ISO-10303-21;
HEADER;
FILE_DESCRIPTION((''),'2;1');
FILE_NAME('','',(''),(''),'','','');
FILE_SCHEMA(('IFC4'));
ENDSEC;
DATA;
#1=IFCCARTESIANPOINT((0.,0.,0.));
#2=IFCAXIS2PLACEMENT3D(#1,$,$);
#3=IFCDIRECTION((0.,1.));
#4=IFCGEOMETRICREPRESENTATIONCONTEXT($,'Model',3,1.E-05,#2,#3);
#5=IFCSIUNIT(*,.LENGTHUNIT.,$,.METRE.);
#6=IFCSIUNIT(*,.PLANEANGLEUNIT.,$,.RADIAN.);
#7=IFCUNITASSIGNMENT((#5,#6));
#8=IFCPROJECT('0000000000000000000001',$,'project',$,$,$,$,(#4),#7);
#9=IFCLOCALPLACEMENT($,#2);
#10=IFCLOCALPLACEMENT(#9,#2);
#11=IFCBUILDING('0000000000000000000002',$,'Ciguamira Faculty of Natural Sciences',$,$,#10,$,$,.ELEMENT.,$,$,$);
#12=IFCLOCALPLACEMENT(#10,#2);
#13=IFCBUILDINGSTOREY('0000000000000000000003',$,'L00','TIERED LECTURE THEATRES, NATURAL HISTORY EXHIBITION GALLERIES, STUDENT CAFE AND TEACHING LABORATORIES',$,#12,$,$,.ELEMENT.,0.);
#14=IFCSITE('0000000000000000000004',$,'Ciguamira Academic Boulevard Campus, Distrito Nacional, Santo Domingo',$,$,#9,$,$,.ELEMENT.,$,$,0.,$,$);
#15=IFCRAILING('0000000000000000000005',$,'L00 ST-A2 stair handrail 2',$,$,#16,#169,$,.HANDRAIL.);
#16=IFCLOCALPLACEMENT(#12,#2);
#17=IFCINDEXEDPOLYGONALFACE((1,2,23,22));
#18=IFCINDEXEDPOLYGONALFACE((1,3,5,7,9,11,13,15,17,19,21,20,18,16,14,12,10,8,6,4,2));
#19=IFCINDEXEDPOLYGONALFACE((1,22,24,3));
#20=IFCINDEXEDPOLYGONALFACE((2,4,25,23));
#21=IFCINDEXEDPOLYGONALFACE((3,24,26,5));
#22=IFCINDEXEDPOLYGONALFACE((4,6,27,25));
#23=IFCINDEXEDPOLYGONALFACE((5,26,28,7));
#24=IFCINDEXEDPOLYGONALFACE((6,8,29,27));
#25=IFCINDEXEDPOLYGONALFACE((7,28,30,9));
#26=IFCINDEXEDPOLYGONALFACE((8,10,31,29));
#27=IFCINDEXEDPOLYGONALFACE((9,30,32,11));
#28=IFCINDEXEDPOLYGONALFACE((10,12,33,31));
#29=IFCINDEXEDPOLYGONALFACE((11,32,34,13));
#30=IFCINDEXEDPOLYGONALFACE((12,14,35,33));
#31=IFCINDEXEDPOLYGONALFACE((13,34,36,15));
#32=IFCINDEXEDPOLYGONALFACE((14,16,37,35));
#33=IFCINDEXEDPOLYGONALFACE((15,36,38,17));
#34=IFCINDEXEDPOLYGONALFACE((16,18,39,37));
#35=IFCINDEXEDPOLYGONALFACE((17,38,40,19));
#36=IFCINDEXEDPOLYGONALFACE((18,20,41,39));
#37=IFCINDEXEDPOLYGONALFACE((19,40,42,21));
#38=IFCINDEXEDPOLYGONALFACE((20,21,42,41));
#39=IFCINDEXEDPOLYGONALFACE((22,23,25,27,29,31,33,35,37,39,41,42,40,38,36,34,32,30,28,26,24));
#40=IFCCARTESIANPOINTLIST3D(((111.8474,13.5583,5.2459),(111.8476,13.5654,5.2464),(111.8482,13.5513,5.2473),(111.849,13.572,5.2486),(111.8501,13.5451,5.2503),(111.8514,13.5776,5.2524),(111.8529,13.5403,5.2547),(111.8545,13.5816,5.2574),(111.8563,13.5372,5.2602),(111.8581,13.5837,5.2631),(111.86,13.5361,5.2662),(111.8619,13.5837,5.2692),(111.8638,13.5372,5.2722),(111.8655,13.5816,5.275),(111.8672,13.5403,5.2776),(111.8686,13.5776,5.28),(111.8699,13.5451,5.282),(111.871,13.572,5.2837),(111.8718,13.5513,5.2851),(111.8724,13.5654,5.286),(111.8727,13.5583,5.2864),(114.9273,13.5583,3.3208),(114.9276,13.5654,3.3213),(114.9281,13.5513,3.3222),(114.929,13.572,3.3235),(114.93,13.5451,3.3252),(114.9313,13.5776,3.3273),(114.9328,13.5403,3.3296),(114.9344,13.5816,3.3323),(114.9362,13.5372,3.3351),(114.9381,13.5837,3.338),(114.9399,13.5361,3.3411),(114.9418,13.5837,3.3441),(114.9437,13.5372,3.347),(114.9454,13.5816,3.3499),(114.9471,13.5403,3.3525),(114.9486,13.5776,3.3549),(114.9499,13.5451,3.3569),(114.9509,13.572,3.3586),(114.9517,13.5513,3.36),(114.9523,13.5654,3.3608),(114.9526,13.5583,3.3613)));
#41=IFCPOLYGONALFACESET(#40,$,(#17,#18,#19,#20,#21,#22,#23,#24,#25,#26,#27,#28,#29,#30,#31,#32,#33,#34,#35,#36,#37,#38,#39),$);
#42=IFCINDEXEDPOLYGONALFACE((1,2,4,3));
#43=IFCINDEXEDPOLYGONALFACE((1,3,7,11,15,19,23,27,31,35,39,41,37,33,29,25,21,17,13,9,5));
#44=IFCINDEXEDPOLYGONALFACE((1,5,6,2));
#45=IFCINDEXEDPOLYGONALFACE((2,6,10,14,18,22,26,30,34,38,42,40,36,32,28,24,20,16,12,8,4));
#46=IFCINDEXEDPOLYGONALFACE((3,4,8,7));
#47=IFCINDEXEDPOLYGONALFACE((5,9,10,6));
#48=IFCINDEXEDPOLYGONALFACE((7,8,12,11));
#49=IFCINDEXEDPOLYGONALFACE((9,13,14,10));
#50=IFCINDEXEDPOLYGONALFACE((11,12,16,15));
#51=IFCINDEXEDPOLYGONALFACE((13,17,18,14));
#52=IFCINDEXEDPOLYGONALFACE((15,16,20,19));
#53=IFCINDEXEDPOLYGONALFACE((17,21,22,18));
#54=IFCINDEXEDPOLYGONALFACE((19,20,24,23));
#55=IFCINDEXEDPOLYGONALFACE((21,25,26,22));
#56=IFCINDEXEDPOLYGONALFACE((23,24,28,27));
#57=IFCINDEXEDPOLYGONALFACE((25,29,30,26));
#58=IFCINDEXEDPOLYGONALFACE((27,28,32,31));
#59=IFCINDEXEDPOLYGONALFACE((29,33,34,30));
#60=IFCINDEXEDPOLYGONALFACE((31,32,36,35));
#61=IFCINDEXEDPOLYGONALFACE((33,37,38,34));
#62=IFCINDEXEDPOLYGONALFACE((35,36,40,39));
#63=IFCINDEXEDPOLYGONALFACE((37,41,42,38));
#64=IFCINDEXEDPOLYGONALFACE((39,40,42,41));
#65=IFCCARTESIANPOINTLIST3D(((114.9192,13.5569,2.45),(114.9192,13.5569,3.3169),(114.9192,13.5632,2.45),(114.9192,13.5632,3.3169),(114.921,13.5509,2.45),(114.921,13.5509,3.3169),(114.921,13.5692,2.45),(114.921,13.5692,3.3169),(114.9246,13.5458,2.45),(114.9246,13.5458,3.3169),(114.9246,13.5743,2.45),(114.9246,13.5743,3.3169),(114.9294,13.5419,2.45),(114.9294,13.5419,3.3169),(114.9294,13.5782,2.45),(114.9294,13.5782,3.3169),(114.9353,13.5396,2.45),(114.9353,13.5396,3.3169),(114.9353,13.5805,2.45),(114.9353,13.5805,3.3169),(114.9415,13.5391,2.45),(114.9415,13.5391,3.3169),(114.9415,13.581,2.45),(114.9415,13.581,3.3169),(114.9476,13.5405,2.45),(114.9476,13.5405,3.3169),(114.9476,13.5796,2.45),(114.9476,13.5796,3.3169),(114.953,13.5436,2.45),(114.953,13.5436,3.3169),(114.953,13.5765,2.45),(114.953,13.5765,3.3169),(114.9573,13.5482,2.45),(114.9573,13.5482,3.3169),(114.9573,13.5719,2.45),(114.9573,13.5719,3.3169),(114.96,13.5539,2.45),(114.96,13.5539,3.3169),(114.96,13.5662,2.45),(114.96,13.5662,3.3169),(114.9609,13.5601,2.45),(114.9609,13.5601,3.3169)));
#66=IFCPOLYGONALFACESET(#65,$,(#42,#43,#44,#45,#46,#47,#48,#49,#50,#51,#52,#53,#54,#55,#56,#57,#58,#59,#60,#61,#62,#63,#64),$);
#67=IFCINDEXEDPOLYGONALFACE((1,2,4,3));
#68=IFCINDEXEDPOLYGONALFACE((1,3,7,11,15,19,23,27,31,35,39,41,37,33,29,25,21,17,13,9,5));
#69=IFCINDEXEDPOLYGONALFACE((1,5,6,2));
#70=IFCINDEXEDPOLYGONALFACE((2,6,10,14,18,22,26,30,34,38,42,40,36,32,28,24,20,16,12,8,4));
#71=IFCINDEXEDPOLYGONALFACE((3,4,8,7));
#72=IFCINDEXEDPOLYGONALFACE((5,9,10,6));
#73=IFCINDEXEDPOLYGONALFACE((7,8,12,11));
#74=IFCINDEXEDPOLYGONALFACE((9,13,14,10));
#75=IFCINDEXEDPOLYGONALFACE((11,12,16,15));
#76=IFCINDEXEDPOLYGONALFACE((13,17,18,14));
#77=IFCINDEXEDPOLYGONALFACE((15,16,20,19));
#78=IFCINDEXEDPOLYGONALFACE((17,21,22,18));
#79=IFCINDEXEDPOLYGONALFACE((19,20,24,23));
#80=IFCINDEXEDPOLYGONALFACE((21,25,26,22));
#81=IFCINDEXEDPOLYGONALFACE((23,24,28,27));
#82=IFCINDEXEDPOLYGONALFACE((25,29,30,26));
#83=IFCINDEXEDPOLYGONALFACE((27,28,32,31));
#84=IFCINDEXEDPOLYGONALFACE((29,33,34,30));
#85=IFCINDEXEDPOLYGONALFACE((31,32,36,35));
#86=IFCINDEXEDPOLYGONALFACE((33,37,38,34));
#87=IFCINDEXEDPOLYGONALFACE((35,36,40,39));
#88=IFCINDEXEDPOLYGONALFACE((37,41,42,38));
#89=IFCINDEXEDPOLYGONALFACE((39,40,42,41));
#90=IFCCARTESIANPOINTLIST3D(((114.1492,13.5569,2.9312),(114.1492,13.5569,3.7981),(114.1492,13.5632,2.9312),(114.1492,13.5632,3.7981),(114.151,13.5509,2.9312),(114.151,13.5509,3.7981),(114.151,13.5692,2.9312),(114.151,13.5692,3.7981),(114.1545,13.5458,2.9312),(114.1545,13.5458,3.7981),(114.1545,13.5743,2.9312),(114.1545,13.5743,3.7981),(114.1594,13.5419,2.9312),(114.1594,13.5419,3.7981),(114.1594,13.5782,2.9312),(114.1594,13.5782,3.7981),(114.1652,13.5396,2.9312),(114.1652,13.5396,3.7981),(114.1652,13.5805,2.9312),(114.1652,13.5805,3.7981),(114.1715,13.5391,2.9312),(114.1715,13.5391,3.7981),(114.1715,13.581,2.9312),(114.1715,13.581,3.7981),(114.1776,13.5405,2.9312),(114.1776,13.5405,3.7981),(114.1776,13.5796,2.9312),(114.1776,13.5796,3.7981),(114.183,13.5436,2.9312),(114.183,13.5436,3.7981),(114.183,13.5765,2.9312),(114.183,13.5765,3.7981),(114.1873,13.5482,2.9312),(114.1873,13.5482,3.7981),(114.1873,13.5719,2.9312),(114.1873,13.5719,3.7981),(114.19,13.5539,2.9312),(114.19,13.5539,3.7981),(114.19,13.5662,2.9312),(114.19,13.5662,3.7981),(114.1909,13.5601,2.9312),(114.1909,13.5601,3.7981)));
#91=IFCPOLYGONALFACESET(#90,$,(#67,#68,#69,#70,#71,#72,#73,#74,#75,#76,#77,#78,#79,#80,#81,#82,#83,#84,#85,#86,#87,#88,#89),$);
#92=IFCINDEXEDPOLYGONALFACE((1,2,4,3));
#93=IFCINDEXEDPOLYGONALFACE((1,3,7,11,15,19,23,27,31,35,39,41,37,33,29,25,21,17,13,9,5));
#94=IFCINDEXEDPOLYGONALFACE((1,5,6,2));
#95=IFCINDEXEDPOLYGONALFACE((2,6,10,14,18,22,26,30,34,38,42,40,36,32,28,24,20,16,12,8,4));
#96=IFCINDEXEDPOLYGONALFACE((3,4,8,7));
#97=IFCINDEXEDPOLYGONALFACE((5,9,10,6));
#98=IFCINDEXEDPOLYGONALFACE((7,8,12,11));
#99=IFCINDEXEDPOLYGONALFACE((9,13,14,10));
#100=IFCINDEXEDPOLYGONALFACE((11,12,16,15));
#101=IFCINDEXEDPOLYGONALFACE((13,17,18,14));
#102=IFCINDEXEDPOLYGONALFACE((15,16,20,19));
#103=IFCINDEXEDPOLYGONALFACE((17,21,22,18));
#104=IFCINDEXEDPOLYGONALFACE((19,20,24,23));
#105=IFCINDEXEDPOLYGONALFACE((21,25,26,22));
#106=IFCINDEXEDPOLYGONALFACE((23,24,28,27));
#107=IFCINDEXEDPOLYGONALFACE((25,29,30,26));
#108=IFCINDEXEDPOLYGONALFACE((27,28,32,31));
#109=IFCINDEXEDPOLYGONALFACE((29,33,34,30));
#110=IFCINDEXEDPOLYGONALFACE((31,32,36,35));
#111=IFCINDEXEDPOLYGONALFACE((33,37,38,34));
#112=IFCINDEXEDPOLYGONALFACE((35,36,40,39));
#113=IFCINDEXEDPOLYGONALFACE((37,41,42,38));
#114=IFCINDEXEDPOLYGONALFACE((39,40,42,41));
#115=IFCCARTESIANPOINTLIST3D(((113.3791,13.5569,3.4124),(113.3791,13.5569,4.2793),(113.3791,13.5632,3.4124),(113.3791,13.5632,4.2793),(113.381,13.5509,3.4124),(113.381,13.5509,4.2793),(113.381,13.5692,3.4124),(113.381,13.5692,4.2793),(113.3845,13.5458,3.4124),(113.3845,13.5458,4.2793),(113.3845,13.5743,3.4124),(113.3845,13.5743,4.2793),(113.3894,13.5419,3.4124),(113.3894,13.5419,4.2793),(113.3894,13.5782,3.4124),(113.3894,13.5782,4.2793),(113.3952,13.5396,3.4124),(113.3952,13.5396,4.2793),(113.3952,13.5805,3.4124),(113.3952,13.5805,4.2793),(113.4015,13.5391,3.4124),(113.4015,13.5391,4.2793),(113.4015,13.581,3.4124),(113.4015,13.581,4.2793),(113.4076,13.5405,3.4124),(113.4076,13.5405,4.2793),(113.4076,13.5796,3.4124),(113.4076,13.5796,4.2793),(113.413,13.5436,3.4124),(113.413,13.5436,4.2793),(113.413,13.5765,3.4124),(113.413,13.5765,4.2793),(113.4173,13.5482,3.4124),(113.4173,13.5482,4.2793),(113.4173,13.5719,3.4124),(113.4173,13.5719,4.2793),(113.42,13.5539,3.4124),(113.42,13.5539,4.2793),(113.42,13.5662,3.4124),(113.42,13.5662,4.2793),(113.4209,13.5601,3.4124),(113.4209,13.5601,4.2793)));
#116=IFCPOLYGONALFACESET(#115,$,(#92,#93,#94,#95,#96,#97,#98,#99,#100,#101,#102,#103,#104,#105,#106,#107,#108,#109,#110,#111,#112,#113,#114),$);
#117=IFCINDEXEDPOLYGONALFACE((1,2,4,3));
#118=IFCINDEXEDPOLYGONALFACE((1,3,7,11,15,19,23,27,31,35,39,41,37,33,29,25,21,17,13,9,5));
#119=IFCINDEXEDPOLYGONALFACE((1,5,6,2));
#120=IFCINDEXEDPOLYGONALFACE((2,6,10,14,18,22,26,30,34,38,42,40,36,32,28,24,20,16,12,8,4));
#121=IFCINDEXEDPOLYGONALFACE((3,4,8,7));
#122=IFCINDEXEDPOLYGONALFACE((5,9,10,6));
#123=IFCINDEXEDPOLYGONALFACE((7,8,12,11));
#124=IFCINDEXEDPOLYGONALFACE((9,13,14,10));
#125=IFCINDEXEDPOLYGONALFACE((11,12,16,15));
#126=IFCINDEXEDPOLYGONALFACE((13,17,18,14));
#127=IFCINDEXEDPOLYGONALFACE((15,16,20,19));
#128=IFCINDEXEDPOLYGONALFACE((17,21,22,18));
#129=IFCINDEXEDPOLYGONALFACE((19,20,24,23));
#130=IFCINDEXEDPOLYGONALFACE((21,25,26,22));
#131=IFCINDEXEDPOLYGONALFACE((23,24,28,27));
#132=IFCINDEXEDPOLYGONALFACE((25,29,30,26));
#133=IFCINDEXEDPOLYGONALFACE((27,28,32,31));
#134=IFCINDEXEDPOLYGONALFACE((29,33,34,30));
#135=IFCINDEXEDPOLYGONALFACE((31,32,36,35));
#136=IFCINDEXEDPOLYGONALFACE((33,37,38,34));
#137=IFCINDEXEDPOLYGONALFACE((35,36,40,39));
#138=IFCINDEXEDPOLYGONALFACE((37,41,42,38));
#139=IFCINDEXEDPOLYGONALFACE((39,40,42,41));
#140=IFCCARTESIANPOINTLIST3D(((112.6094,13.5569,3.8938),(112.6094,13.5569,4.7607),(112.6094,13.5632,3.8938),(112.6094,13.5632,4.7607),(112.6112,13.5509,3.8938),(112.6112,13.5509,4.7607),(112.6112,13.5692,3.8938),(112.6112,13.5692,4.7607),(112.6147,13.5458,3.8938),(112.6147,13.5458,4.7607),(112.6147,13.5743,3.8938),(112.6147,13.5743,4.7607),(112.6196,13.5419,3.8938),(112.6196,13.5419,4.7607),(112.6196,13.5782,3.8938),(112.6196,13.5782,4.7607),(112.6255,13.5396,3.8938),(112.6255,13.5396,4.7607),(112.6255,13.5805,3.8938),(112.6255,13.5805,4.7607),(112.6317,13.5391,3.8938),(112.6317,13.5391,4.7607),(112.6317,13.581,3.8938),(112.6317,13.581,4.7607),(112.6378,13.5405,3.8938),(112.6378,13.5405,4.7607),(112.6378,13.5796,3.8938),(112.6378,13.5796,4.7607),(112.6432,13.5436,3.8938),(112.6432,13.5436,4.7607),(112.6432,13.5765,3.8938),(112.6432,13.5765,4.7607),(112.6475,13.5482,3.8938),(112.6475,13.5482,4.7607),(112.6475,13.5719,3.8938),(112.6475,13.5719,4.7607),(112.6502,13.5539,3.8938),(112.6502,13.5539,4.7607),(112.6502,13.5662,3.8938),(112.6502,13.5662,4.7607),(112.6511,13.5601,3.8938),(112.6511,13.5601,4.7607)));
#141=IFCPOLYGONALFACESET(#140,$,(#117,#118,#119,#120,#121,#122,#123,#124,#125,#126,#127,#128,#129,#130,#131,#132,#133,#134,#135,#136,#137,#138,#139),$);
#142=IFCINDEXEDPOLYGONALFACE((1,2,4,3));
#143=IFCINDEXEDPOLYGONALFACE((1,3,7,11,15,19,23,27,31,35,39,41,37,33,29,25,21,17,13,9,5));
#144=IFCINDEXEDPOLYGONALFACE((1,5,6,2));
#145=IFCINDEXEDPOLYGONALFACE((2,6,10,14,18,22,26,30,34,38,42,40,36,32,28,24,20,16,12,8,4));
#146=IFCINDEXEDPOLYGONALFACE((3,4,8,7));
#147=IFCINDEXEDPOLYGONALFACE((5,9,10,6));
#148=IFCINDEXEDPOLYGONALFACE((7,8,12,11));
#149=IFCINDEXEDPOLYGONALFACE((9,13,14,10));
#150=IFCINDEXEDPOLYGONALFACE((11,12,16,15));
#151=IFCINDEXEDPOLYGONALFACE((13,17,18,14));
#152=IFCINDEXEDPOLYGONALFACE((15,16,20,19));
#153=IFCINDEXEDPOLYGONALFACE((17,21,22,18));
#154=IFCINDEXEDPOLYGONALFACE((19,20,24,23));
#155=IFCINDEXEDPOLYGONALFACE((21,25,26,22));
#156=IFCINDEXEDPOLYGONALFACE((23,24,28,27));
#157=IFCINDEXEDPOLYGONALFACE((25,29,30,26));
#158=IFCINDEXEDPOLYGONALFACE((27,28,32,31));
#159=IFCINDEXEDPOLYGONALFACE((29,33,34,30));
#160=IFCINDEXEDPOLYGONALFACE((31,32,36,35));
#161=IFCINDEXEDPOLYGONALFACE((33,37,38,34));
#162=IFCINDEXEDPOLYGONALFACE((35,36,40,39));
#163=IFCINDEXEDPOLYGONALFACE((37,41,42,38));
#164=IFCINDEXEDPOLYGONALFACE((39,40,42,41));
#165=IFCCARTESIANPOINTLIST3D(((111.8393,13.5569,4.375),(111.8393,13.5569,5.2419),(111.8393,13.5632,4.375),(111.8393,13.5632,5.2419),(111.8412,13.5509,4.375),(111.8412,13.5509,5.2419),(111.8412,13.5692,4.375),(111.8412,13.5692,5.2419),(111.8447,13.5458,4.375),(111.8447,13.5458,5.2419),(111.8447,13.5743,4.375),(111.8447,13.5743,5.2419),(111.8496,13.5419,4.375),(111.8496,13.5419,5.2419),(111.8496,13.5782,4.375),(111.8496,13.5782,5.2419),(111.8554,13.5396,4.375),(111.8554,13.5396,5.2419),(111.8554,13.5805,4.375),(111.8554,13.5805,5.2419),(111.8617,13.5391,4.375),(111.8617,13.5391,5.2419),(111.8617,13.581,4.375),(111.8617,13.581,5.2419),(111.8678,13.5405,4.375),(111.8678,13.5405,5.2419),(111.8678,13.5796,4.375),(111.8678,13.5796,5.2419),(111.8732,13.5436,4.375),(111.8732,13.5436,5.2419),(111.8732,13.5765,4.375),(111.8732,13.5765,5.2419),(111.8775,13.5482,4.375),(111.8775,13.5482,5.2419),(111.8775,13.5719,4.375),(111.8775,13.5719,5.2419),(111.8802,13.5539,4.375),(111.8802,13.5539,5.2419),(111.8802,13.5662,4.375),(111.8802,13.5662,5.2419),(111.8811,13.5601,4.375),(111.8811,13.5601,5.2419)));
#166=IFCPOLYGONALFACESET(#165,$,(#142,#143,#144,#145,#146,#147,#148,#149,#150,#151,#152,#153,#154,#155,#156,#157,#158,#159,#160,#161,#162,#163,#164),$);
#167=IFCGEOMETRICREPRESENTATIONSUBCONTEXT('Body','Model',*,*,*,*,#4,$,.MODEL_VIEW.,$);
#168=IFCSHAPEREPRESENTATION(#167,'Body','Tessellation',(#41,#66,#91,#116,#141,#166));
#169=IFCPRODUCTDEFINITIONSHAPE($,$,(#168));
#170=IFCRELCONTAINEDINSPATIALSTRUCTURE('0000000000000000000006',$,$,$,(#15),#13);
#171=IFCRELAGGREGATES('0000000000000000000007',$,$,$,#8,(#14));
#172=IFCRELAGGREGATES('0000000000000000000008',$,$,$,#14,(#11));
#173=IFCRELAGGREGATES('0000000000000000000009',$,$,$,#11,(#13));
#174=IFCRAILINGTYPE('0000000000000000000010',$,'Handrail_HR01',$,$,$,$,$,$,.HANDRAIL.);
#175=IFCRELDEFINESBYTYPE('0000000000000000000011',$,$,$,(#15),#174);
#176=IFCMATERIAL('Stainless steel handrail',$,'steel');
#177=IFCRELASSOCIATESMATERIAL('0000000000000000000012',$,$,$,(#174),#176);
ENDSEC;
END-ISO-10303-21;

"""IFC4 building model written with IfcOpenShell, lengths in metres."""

from ifc_helpers import new_model, si_unit, direction, frame, origin, origin_2d, place, context, subcontext, project, spatial, circle, extrude, material, type_object, element, save


model = new_model("IFC4")

# Units and contexts
model_context = context("Model", 3, precision=1e-05, world=origin(), true_north=direction((0.0, 1.0)))
body_context = subcontext(model_context, "Body", "Model", "MODEL_VIEW")
ifc_project = project(units=[si_unit("LENGTHUNIT", "METRE"), si_unit("PLANEANGLEUNIT", "RADIAN")], contexts=[model_context])

# Site, building, storey
site_placement = place(None, origin())
site = spatial("IfcSite", under=ifc_project, at=site_placement, Name="Ciguamira Academic Boulevard Campus, Distrito Nacional, Santo Domingo", CompositionType="ELEMENT", RefElevation=0.0)
building_placement = place(site_placement, origin())
building = spatial("IfcBuilding", under=site, at=building_placement, Name="Ciguamira Faculty of Natural Sciences", CompositionType="ELEMENT")
storey_placement = place(building_placement, origin())
storey = spatial("IfcBuildingStorey", under=building, at=storey_placement, Name="L00", Description="TIERED LECTURE THEATRES, NATURAL HISTORY EXHIBITION GALLERIES, STUDENT CAFE AND TEACHING LABORATORIES", CompositionType="ELEMENT", Elevation=0.0)

# Railing
ifc_material_1 = material(Name="Stainless steel handrail", Category="steel")
railing_type_1 = type_object("IfcRailingType", Name="Handrail_HR01", PredefinedType="HANDRAIL", material=ifc_material_1)
railing_1_placement = place(storey_placement, frame((114.9399, 13.5601, 2.45)))
element("IfcRailing", 1, at=railing_1_placement, inside=storey, type_object=railing_type_1, Name="L00 ST-A2 stair handrail 2", PredefinedType="HANDRAIL", context=body_context, shape_type="SweptSolid", body=[
    extrude(circle(Radius=0.0239, at=origin_2d()), frame((0.0, 0.0, 0.8911), z_axis=(-0.847979, 0.0, 0.530029), x_axis=(0.0, -1.0, 0.0)), (0.0, 0.0, 1.0), 3.6321),
    extrude(circle(Radius=0.021, at=origin_2d()), origin(), (0.0, 0.0, 1.0), 0.8669),
    extrude(circle(Radius=0.021, at=origin_2d()), frame((-0.77, 0.0, 0.4812)), (0.0, 0.0, 1.0), 0.8669),
    extrude(circle(Radius=0.021, at=origin_2d()), frame((-1.54, 0.0, 0.9624)), (0.0, 0.0, 1.0), 0.8669),
    extrude(circle(Radius=0.021, at=origin_2d()), frame((-2.3098, 0.0, 1.4438)), (0.0, 0.0, 1.0), 0.8669),
    extrude(circle(Radius=0.021, at=origin_2d()), frame((-3.0798, 0.0, 1.925)), (0.0, 0.0, 1.0), 0.8669),
])

save(model, "model.ifc")
